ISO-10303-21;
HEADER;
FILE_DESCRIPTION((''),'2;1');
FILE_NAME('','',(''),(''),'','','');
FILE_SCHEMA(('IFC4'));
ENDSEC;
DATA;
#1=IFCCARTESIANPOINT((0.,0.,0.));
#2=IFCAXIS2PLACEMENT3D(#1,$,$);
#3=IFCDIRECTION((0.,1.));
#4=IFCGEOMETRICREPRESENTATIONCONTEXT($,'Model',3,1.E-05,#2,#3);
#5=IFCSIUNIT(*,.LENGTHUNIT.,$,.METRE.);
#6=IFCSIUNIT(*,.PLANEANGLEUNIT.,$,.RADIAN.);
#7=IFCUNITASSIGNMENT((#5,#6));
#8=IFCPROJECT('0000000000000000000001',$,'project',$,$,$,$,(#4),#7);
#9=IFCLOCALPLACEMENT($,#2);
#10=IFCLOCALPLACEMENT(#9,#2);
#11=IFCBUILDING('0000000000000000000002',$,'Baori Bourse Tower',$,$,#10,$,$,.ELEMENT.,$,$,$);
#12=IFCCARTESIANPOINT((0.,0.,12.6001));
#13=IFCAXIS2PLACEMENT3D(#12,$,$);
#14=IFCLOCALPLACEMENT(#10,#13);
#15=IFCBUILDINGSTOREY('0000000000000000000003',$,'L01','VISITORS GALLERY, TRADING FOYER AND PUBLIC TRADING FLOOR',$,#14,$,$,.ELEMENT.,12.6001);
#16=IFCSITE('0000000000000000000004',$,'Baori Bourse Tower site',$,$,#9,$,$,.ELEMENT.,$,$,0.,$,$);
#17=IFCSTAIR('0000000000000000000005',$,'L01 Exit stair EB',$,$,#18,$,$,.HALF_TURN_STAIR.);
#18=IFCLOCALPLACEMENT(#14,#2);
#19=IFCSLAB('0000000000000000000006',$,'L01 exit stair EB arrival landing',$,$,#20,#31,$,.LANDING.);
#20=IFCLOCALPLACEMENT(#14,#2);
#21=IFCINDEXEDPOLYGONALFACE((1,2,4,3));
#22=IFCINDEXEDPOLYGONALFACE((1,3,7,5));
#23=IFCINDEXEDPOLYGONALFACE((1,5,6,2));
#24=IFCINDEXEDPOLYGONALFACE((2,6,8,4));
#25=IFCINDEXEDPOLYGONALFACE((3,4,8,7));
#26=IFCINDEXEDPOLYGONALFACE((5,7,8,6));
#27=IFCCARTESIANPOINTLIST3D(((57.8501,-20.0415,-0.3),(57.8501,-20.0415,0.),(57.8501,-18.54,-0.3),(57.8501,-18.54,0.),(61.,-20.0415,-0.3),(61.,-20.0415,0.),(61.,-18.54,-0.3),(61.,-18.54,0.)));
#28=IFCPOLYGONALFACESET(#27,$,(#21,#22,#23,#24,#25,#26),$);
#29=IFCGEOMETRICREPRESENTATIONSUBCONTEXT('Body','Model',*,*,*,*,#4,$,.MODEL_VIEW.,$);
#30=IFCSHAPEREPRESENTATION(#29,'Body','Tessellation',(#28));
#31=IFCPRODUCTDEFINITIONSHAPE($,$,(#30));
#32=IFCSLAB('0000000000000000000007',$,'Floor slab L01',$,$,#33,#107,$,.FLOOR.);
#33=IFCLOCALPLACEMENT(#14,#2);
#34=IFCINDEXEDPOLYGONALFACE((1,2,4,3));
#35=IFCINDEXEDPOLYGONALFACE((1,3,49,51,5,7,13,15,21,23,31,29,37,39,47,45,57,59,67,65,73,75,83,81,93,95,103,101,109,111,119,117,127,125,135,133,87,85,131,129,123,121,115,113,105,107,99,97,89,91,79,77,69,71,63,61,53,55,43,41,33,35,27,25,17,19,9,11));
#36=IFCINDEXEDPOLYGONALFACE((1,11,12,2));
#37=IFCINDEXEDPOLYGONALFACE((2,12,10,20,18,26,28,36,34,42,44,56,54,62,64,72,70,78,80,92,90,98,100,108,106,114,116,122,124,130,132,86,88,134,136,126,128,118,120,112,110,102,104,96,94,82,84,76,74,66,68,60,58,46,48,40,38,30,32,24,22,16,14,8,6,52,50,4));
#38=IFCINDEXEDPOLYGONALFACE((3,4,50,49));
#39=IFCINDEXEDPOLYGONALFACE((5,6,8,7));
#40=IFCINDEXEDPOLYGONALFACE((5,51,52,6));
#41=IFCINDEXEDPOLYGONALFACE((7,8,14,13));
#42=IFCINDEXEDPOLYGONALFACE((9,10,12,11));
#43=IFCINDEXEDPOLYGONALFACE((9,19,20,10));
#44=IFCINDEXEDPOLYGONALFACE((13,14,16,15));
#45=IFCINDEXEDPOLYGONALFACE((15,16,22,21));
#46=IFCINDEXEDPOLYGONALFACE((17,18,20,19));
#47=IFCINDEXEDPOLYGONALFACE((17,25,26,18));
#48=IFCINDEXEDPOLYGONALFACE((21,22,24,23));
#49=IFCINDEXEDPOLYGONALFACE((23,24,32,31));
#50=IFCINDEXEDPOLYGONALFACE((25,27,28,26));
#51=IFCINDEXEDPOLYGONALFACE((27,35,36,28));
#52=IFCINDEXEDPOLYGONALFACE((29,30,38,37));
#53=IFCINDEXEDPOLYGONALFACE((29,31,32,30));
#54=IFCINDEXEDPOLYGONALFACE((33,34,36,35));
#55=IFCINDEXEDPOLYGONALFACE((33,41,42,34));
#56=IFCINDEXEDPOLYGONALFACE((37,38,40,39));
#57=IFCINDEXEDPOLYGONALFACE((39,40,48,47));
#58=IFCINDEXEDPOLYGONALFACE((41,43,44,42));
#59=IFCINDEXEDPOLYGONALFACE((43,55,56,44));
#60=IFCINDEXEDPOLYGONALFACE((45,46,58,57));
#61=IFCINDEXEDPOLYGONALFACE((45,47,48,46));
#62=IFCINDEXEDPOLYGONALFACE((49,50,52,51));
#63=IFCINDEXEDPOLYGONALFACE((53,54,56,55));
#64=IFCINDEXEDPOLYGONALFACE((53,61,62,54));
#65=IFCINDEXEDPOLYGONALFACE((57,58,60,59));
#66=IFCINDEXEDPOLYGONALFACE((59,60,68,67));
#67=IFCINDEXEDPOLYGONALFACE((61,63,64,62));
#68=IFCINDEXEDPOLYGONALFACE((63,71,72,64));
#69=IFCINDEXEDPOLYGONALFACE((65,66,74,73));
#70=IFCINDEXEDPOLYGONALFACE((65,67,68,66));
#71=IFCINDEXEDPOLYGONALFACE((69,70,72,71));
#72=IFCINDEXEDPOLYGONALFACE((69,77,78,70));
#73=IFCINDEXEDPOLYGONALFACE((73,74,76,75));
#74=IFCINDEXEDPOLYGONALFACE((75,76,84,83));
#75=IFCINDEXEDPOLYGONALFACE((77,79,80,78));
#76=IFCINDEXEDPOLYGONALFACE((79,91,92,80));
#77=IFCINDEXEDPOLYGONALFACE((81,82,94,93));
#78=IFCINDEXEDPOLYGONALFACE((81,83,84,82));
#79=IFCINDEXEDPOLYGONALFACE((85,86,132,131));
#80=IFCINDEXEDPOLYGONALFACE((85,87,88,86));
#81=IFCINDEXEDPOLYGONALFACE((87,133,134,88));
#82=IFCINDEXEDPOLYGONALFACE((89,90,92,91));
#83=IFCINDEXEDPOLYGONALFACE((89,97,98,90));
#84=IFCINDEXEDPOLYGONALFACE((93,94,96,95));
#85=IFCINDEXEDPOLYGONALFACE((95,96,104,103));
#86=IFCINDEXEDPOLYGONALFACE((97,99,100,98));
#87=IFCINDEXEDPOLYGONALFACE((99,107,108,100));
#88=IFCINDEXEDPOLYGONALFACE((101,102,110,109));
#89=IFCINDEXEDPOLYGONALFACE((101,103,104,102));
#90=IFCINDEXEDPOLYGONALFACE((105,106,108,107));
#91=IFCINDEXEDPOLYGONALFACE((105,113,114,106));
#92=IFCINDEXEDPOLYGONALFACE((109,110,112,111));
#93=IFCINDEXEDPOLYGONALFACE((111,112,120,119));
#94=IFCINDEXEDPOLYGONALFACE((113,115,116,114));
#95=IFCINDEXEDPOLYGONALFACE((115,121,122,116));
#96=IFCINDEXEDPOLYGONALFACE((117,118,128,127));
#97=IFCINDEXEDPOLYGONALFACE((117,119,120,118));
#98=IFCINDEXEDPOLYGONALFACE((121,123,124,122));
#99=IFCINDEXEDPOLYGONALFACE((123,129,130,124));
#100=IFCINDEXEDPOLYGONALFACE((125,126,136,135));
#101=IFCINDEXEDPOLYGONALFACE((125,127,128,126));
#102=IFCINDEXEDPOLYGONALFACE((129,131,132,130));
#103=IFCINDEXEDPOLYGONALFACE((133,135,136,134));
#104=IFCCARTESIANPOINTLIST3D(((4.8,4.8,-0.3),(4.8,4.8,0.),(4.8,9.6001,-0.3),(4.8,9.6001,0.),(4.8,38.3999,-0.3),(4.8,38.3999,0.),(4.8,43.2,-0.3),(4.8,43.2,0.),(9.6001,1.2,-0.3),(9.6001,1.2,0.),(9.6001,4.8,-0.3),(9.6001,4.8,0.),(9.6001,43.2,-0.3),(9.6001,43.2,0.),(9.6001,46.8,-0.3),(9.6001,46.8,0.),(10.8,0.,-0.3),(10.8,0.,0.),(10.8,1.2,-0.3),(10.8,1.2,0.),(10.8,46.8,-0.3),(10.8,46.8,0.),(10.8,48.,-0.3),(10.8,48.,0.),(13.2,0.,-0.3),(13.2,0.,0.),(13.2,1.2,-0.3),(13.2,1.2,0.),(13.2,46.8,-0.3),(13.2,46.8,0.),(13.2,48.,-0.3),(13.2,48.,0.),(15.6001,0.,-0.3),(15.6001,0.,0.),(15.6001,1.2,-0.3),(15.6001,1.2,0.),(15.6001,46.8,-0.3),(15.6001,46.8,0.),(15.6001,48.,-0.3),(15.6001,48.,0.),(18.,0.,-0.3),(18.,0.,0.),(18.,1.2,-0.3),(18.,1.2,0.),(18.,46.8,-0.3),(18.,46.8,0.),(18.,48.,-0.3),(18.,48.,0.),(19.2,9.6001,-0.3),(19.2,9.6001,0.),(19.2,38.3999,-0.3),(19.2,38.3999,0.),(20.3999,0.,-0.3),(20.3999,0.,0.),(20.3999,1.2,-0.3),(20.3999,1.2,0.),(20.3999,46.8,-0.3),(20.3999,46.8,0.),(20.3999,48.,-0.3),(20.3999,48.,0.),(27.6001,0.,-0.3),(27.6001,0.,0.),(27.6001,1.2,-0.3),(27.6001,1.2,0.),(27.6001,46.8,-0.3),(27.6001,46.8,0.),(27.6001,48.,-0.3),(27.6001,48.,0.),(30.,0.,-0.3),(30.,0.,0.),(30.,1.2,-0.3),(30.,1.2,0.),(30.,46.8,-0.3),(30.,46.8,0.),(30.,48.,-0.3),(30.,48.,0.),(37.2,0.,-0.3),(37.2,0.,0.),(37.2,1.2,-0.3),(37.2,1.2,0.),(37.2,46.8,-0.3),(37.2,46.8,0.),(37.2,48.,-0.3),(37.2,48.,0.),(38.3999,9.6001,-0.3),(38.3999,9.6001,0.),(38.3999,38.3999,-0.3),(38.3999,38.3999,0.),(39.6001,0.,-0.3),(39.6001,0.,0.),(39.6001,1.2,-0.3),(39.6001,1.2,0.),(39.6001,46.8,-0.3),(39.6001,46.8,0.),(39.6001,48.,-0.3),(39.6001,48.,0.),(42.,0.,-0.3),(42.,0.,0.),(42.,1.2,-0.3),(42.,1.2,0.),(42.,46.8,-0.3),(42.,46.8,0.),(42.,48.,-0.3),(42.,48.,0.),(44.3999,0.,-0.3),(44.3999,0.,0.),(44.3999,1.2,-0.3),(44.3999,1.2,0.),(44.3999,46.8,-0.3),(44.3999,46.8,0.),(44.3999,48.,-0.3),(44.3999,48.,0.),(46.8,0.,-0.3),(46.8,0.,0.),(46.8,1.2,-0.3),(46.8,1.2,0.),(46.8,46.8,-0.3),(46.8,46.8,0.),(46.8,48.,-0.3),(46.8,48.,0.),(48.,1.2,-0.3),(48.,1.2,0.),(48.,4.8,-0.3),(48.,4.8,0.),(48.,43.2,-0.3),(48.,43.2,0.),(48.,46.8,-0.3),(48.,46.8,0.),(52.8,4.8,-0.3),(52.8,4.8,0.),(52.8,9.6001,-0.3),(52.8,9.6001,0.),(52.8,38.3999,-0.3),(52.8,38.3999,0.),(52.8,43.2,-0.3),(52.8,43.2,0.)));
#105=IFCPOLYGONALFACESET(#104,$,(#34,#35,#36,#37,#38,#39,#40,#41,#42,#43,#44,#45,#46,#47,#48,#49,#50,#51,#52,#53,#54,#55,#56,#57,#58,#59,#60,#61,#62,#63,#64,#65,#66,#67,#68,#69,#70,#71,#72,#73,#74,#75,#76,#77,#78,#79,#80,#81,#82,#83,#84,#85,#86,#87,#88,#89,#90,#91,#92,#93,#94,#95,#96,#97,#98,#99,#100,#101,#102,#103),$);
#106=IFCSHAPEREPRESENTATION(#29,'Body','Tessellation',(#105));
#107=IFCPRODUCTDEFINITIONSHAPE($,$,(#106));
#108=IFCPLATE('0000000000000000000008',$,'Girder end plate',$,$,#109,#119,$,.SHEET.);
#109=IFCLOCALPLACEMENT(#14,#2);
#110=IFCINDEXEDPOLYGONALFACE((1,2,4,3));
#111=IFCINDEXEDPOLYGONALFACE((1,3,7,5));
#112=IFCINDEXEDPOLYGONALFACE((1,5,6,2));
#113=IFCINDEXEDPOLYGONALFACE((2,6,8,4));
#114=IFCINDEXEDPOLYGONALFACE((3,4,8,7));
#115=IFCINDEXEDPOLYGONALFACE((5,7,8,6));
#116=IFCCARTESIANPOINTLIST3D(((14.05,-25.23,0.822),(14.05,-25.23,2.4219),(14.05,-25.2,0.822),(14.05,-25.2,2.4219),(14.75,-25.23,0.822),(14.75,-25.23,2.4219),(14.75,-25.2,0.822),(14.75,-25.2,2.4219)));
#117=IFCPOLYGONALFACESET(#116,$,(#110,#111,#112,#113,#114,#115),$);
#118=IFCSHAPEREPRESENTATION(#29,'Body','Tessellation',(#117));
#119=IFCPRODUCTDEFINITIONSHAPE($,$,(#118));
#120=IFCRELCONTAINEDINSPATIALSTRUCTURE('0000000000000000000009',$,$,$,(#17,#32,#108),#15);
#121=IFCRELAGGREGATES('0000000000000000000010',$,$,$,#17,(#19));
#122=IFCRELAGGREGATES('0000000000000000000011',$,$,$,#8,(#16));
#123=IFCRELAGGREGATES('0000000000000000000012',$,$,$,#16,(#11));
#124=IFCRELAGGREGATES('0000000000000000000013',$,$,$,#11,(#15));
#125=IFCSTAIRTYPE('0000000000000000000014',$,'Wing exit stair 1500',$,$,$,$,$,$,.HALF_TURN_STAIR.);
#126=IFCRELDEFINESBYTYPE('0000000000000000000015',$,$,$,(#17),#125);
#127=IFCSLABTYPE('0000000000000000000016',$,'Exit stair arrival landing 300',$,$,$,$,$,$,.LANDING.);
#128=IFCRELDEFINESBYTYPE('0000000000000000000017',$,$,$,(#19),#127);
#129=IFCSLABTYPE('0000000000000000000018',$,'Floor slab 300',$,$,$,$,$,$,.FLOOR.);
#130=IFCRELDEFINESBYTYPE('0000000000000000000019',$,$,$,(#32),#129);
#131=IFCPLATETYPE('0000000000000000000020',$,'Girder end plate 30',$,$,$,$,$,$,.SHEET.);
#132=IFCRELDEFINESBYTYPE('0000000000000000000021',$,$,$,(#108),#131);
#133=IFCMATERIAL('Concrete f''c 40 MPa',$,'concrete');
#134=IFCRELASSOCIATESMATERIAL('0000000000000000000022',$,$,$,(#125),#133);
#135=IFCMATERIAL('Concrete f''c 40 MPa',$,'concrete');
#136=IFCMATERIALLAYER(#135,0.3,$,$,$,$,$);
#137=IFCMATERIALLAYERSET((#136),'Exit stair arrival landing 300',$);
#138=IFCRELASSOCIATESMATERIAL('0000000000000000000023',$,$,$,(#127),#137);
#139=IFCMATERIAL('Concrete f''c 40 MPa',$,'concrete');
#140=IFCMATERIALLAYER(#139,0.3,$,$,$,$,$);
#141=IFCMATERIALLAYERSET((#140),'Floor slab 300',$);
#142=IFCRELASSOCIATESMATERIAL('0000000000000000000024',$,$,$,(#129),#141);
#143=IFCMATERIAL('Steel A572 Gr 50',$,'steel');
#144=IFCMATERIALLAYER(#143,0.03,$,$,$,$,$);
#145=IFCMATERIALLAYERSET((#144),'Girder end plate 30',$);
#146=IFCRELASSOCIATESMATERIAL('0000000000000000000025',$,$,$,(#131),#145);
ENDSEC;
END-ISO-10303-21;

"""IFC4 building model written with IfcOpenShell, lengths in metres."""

from ifc_helpers import new_model, si_unit, direction, frame, origin, place, context, subcontext, project, spatial, polyline, outline, extrude, material, layer, layer_set, type_object, element, aggregate, save


model = new_model("IFC4")

# Units and contexts
model_context = context("Model", 3, precision=1e-05, world=origin(), true_north=direction((0.0, 1.0)))
body_context = subcontext(model_context, "Body", "Model", "MODEL_VIEW")
ifc_project = project(units=[si_unit("LENGTHUNIT", "METRE"), si_unit("PLANEANGLEUNIT", "RADIAN")], contexts=[model_context])

# Site, building, storey
site_placement = place(None, origin())
site = spatial("IfcSite", under=ifc_project, at=site_placement, Name="Baori Bourse Tower site", CompositionType="ELEMENT", RefElevation=0.0)
building_placement = place(site_placement, origin())
building = spatial("IfcBuilding", under=site, at=building_placement, Name="Baori Bourse Tower", CompositionType="ELEMENT")
storey_placement = place(building_placement, frame((0.0, 0.0, 12.6001)))
storey = spatial("IfcBuildingStorey", under=building, at=storey_placement, Name="L01", Description="VISITORS GALLERY, TRADING FOYER AND PUBLIC TRADING FLOOR", CompositionType="ELEMENT", Elevation=12.6001)

# Stair, slab
ifc_material_1 = material(Name="Concrete f'c 40 MPa", Category="concrete")
stair_type_1 = type_object("IfcStairType", Name="Wing exit stair 1500", PredefinedType="HALF_TURN_STAIR", material=ifc_material_1)
ifc_material_2 = material(Name="Concrete f'c 40 MPa", Category="concrete")
ifc_layer_1 = layer(ifc_material_2, 0.3)
ifc_layer_set_1 = layer_set([ifc_layer_1], Name="Exit stair arrival landing 300")
slab_type_1 = type_object("IfcSlabType", Name="Exit stair arrival landing 300", PredefinedType="LANDING", material=ifc_layer_set_1)
stair_1_placement = place(storey_placement, origin())
stair_1 = element("IfcStair", 1, at=stair_1_placement, inside=storey, type_object=stair_type_1, Name="L01 Exit stair EB", PredefinedType="HALF_TURN_STAIR")
slab_1_placement = place(storey_placement, frame((0.0, 0.0, -0.3)))
slab_1 = element("IfcSlab", 2, at=slab_1_placement, type_object=slab_type_1, Name="L01 exit stair EB arrival landing", PredefinedType="LANDING", context=body_context, shape_type="SweptSolid", body=[
    extrude(outline(polyline([(57.8501, -20.0415), (61.0, -20.0415), (61.0, -18.54), (57.8501, -18.54), (57.8501, -20.0415)])), origin(), (0.0, 0.0, 1.0), 0.3),
])

# Slab
ifc_material_3 = material(Name="Concrete f'c 40 MPa", Category="concrete")
ifc_layer_2 = layer(ifc_material_3, 0.3)
ifc_layer_set_2 = layer_set([ifc_layer_2], Name="Floor slab 300")
slab_type_2 = type_object("IfcSlabType", Name="Floor slab 300", PredefinedType="FLOOR", material=ifc_layer_set_2)
slab_2_placement = place(storey_placement, frame((0.0, 0.0, -0.3)))
element("IfcSlab", 3, at=slab_2_placement, inside=storey, type_object=slab_type_2, Name="Floor slab L01", PredefinedType="FLOOR", context=body_context, shape_type="SweptSolid", body=[
    extrude(outline(polyline([(9.6001, 4.8), (4.8, 4.8), (4.8, 9.6001), (19.2, 9.6001), (19.2, 38.3999), (4.8, 38.3999), (4.8, 43.2), (9.6001, 43.2), (9.6001, 46.8), (10.8, 46.8), (10.8, 48.0), (13.2, 48.0), (13.2, 46.8), (15.6001, 46.8), (15.6001, 48.0), (18.0, 48.0), (18.0, 46.8), (20.3999, 46.8), (20.3999, 48.0), (27.6001, 48.0), (27.6001, 46.8), (30.0, 46.8), (30.0, 48.0), (37.2, 48.0), (37.2, 46.8), (39.6001, 46.8), (39.6001, 48.0), (42.0, 48.0), (42.0, 46.8), (44.3999, 46.8), (44.3999, 48.0), (46.8, 48.0), (46.8, 46.8), (48.0, 46.8), (48.0, 43.2), (52.8, 43.2), (52.8, 38.3999), (38.3999, 38.3999), (38.3999, 9.6001), (52.8, 9.6001), (52.8, 4.8), (48.0, 4.8), (48.0, 1.2), (46.8, 1.2), (46.8, 0.0), (44.3999, 0.0), (44.3999, 1.2), (42.0, 1.2), (42.0, 0.0), (39.6001, 0.0), (39.6001, 1.2), (37.2, 1.2), (37.2, 0.0), (30.0, 0.0), (30.0, 1.2), (27.6001, 1.2), (27.6001, 0.0), (20.3999, 0.0), (20.3999, 1.2), (18.0, 1.2), (18.0, 0.0), (15.6001, 0.0), (15.6001, 1.2), (13.2, 1.2), (13.2, 0.0), (10.8, 0.0), (10.8, 1.2), (9.6001, 1.2), (9.6001, 4.8)])), origin(), (0.0, 0.0, 1.0), 0.3),
])

# Plate
ifc_material_4 = material(Name="Steel A572 Gr 50", Category="steel")
ifc_layer_3 = layer(ifc_material_4, 0.03)
ifc_layer_set_3 = layer_set([ifc_layer_3], Name="Girder end plate 30")
plate_type = type_object("IfcPlateType", Name="Girder end plate 30", PredefinedType="SHEET", material=ifc_layer_set_3)
plate_placement = place(storey_placement, frame((0.0, 0.0, 0.822)))
element("IfcPlate", 4, at=plate_placement, inside=storey, type_object=plate_type, Name="Girder end plate", PredefinedType="SHEET", context=body_context, shape_type="SweptSolid", body=[
    extrude(outline(polyline([(14.05, -25.23), (14.75, -25.23), (14.75, -25.2), (14.05, -25.2), (14.05, -25.23)])), origin(), (0.0, 0.0, 1.0), 1.5999),
])

aggregate(stair_1, [slab_1])

save(model, "model.ifc")
